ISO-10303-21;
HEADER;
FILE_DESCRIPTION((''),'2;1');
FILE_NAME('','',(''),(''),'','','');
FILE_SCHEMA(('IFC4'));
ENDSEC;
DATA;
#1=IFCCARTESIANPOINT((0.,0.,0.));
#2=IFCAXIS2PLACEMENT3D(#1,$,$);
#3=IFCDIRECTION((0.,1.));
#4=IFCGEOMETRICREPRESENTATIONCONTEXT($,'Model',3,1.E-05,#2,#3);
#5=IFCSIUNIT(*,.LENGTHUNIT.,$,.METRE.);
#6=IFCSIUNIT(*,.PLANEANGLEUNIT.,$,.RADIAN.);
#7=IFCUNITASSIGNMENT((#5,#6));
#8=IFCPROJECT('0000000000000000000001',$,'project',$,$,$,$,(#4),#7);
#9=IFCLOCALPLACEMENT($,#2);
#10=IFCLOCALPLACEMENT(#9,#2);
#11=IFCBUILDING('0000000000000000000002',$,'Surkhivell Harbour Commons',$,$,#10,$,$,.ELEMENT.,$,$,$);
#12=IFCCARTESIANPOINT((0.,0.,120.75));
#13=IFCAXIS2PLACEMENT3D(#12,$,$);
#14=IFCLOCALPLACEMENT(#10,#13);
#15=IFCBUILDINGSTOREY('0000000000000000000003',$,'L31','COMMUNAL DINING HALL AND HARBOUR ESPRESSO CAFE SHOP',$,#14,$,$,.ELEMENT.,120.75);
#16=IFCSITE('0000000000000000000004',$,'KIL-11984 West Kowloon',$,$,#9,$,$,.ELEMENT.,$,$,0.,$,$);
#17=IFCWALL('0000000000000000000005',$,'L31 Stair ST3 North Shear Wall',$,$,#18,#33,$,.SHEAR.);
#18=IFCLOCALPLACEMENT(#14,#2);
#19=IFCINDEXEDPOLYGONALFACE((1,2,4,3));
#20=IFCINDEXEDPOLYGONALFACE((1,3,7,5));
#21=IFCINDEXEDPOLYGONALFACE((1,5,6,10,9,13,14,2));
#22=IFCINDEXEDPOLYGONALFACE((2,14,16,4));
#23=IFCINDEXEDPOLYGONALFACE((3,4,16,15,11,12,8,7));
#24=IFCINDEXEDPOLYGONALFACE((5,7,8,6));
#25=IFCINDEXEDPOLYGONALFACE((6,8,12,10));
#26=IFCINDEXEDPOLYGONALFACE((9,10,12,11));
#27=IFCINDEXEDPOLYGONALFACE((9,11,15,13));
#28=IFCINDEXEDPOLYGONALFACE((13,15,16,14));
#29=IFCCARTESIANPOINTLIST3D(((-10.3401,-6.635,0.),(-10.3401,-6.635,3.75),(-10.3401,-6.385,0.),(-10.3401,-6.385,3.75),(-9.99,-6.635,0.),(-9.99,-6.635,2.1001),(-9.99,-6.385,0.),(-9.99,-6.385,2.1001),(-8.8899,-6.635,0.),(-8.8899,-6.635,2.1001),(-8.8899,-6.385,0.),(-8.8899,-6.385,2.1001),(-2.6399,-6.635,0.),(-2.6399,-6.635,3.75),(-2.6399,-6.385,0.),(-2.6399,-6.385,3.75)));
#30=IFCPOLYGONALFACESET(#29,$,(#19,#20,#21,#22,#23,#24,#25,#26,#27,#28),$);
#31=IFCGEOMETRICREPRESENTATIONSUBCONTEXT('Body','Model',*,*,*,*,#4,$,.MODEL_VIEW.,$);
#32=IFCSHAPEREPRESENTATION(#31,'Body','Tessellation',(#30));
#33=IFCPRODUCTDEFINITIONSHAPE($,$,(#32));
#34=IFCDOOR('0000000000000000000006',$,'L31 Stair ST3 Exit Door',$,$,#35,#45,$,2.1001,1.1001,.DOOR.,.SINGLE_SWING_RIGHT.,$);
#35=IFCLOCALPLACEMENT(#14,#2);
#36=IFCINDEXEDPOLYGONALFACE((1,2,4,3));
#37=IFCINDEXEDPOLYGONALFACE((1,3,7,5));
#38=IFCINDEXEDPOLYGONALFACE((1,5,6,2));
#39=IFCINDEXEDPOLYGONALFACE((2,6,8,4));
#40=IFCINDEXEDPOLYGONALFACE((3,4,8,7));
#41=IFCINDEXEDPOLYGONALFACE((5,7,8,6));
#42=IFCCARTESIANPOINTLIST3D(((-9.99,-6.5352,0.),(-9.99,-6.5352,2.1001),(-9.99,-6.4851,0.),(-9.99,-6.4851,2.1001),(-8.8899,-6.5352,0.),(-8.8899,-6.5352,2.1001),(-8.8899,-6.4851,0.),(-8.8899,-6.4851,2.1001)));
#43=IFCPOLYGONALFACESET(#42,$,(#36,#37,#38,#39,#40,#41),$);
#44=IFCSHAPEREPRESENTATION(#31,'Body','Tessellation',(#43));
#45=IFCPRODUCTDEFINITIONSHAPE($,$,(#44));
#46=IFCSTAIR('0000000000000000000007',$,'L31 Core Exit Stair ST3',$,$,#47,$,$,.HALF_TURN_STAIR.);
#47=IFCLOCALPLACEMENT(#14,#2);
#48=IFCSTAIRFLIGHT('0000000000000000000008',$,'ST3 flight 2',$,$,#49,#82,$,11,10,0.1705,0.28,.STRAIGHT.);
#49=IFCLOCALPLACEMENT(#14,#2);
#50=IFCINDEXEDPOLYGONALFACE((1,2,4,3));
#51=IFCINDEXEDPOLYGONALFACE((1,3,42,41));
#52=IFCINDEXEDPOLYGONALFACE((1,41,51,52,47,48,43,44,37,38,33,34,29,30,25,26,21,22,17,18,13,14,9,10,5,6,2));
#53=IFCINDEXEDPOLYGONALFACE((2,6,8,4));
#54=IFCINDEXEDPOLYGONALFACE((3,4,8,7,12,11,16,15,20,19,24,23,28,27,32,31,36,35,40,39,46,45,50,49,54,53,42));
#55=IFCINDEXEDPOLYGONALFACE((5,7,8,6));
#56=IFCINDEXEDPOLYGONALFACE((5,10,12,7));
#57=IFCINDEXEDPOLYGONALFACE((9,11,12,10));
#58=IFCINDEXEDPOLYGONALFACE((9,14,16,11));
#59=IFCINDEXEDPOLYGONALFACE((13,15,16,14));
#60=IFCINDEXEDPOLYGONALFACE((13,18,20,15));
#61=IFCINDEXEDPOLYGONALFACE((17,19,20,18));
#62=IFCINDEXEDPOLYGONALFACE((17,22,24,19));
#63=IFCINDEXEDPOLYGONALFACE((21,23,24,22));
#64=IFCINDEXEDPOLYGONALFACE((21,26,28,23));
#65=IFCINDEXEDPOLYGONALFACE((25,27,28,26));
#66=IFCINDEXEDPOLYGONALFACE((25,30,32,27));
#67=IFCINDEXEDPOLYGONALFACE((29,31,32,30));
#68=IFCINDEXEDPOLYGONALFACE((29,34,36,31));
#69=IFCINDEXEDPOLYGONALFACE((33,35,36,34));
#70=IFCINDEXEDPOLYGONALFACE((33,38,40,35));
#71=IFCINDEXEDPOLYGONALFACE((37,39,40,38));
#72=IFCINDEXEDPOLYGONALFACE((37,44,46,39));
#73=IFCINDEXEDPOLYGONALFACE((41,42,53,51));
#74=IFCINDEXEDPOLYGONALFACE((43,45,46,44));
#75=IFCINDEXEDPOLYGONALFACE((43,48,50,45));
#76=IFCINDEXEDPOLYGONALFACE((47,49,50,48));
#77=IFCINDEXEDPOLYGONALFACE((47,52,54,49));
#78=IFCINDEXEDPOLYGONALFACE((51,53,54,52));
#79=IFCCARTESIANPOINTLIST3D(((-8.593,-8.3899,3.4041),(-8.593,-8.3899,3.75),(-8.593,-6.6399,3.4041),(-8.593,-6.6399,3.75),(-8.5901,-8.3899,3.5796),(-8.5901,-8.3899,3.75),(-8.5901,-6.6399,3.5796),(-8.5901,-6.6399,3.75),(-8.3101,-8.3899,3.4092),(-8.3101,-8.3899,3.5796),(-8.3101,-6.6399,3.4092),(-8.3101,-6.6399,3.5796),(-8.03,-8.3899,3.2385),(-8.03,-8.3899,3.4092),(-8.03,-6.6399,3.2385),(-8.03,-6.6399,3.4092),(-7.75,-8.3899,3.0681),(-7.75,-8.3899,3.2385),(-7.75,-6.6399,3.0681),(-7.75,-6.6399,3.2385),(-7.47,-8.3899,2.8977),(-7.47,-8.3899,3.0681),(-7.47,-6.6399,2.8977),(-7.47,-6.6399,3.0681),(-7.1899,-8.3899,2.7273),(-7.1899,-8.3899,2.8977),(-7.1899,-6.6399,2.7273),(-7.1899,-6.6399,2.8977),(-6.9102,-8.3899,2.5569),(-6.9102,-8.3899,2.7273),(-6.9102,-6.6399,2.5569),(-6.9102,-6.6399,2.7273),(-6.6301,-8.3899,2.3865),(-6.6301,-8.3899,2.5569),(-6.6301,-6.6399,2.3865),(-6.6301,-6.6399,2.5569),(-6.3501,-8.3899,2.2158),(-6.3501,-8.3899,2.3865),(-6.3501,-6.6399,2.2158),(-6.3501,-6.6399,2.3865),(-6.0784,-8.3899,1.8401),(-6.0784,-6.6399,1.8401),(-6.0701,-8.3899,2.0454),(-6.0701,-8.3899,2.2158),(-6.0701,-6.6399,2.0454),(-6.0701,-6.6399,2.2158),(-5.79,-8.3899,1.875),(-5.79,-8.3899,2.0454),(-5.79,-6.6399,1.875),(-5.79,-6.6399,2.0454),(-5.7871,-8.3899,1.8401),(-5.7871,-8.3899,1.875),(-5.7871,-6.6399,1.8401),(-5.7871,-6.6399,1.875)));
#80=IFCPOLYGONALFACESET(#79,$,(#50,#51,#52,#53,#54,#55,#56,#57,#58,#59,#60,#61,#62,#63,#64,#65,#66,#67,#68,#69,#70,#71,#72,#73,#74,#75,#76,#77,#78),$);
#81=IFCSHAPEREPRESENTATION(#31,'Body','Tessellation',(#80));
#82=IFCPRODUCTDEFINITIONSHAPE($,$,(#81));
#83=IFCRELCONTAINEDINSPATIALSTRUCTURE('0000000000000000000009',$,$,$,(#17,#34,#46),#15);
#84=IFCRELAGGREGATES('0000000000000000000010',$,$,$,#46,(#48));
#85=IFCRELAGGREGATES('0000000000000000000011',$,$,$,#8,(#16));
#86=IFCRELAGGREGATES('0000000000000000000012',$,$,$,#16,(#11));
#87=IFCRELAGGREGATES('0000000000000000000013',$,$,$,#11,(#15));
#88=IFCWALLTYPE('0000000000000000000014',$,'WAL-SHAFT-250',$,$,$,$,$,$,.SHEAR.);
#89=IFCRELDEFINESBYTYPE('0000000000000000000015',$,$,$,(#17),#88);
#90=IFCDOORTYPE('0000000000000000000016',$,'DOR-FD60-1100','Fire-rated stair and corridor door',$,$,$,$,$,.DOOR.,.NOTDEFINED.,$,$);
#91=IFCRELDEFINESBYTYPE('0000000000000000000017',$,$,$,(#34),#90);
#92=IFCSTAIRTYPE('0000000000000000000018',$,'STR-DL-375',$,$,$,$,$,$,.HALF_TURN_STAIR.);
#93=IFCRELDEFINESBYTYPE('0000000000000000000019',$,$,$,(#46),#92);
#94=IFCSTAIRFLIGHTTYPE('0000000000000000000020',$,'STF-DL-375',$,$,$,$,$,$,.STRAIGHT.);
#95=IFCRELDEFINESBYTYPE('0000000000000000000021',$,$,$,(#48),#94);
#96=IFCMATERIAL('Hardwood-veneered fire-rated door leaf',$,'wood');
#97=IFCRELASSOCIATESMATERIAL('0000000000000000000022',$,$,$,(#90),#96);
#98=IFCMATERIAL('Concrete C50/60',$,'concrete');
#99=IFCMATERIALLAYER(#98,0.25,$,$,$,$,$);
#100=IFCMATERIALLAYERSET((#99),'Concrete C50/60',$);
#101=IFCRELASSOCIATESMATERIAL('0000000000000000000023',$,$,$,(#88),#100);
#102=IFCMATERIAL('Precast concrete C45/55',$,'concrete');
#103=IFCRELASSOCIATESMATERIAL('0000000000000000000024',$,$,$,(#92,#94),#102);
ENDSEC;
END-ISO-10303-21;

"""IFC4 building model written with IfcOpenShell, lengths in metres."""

from ifc_helpers import new_model, si_unit, direction, frame, frame_2d, origin, place, context, subcontext, project, spatial, polyline, rectangle, outline, extrude, material, layer, layer_set, type_object, element, fill, aggregate, save


model = new_model("IFC4")

# Units and contexts
model_context = context("Model", 3, precision=1e-05, world=origin(), true_north=direction((0.0, 1.0)))
body_context = subcontext(model_context, "Body", "Model", "MODEL_VIEW")
ifc_project = project(units=[si_unit("LENGTHUNIT", "METRE"), si_unit("PLANEANGLEUNIT", "RADIAN")], contexts=[model_context])

# Site, building, storey
site_placement = place(None, origin())
site = spatial("IfcSite", under=ifc_project, at=site_placement, Name="KIL-11984 West Kowloon", CompositionType="ELEMENT", RefElevation=0.0)
building_placement = place(site_placement, origin())
building = spatial("IfcBuilding", under=site, at=building_placement, Name="Surkhivell Harbour Commons", CompositionType="ELEMENT")
storey_placement = place(building_placement, frame((0.0, 0.0, 120.75)))
storey = spatial("IfcBuildingStorey", under=building, at=storey_placement, Name="L31", Description="COMMUNAL DINING HALL AND HARBOUR ESPRESSO CAFE SHOP", CompositionType="ELEMENT", Elevation=120.75)

# Shared definitions
ifc_material_1 = material(Name="Hardwood-veneered fire-rated door leaf", Category="wood")
door_type_1 = type_object("IfcDoorType", Name="DOR-FD60-1100", Description="Fire-rated stair and corridor door", OperationType="NOTDEFINED", PredefinedType="DOOR", material=ifc_material_1)

# Shared definitions
ifc_material_2 = material(Name="Concrete C50/60", Category="concrete")
ifc_layer_1 = layer(ifc_material_2, 0.25)
ifc_layer_set_1 = layer_set([ifc_layer_1], Name="Concrete C50/60")
wall_type_1 = type_object("IfcWallType", Name="WAL-SHAFT-250", PredefinedType="SHEAR", material=ifc_layer_set_1)

# Wall, opening, door
wall_1_placement = place(storey_placement, frame((-10.3401, -6.51, 0.0), z_axis=(0.0, 0.0, 1.0), x_axis=(1.0, 0.0, 0.0)))
wall_1 = element("IfcWall", 1, at=wall_1_placement, inside=storey, type_object=wall_type_1, Name="L31 Stair ST3 North Shear Wall", PredefinedType="SHEAR", context=body_context, shape_type="SweptSolid", body=[
    extrude(rectangle(XDim=7.7002, YDim=0.25, at=frame_2d((3.8501, 0.0))), origin(), (0.0, 0.0, 1.0), 3.75),
])
opening_1_placement = place(wall_1_placement, frame((0.3501, 0.0, 0.0)))
opening_1 = element("IfcOpeningElement", 2, at=opening_1_placement, cuts=wall_1, PredefinedType="OPENING", context=body_context, shape_type="SweptSolid", body=[
    extrude(rectangle(XDim=1.1001, YDim=2.1001, at=frame_2d((0.55, 1.05))), frame((0.0, 0.135, 0.0), z_axis=(0.0, -1.0, 0.0), x_axis=(1.0, 0.0, 0.0)), (0.0, 0.0, 1.0), 0.27),
])
door_1_placement = place(opening_1_placement, origin())
door_1 = element("IfcDoor", 3, at=door_1_placement, inside=storey, type_object=door_type_1, Name="L31 Stair ST3 Exit Door", OperationType="SINGLE_SWING_RIGHT", OverallHeight=2.1001, OverallWidth=1.1001, PredefinedType="DOOR", context=body_context, shape_type="SweptSolid", body=[
    extrude(rectangle(XDim=1.1001, YDim=2.1001, at=frame_2d((0.55, 1.05))), frame((0.0, 0.0249, 0.0), z_axis=(0.0, -1.0, 0.0), x_axis=(1.0, 0.0, 0.0)), (0.0, 0.0, 1.0), 0.05),
])
fill(opening_1, door_1)

# Stair, stair flight
ifc_material_3 = material(Name="Precast concrete C45/55", Category="concrete")
stair_type = type_object("IfcStairType", Name="STR-DL-375", PredefinedType="HALF_TURN_STAIR", material=ifc_material_3)
stair_placement = place(storey_placement, origin())
stair = element("IfcStair", 4, at=stair_placement, inside=storey, type_object=stair_type, Name="L31 Core Exit Stair ST3", PredefinedType="HALF_TURN_STAIR")
stair_flight_type = type_object("IfcStairFlightType", Name="STF-DL-375", PredefinedType="STRAIGHT", material=ifc_material_3)
stair_flight_placement = place(storey_placement, frame((-5.79, -7.5149, 1.875), z_axis=(0.0, 0.0, 1.0), x_axis=(-1.0, 0.0, 0.0)))
stair_flight = element("IfcStairFlight", 5, at=stair_flight_placement, type_object=stair_flight_type, Name="ST3 flight 2", NumberOfRisers=11, NumberOfTreads=10, PredefinedType="STRAIGHT", RiserHeight=0.1705, TreadLength=0.28, context=body_context, shape_type="SweptSolid", body=[
    extrude(outline(polyline([(-0.0029, -0.0349), (-0.0029, 0.0), (0.0, 0.0), (0.0, 0.1704), (0.28, 0.1704), (0.28, 0.3408), (0.5601, 0.3408), (0.5601, 0.5115), (0.8401, 0.5115), (0.8401, 0.6819), (1.1201, 0.6819), (1.1201, 0.8523), (1.3999, 0.8523), (1.3999, 1.0227), (1.6799, 1.0227), (1.6799, 1.1931), (1.96, 1.1931), (1.96, 1.3635), (2.24, 1.3635), (2.24, 1.5342), (2.52, 1.5342), (2.52, 1.7046), (2.8, 1.7046), (2.8, 1.875), (2.803, 1.875), (2.803, 1.5291), (0.2883, -0.0349), (-0.0029, -0.0349)])), frame((0.0, 0.875, 0.0), z_axis=(0.0, -1.0, 0.0), x_axis=(1.0, 0.0, 0.0)), (0.0, 0.0, 1.0), 1.75),
])
aggregate(stair, [stair_flight])

save(model, "model.ifc")
